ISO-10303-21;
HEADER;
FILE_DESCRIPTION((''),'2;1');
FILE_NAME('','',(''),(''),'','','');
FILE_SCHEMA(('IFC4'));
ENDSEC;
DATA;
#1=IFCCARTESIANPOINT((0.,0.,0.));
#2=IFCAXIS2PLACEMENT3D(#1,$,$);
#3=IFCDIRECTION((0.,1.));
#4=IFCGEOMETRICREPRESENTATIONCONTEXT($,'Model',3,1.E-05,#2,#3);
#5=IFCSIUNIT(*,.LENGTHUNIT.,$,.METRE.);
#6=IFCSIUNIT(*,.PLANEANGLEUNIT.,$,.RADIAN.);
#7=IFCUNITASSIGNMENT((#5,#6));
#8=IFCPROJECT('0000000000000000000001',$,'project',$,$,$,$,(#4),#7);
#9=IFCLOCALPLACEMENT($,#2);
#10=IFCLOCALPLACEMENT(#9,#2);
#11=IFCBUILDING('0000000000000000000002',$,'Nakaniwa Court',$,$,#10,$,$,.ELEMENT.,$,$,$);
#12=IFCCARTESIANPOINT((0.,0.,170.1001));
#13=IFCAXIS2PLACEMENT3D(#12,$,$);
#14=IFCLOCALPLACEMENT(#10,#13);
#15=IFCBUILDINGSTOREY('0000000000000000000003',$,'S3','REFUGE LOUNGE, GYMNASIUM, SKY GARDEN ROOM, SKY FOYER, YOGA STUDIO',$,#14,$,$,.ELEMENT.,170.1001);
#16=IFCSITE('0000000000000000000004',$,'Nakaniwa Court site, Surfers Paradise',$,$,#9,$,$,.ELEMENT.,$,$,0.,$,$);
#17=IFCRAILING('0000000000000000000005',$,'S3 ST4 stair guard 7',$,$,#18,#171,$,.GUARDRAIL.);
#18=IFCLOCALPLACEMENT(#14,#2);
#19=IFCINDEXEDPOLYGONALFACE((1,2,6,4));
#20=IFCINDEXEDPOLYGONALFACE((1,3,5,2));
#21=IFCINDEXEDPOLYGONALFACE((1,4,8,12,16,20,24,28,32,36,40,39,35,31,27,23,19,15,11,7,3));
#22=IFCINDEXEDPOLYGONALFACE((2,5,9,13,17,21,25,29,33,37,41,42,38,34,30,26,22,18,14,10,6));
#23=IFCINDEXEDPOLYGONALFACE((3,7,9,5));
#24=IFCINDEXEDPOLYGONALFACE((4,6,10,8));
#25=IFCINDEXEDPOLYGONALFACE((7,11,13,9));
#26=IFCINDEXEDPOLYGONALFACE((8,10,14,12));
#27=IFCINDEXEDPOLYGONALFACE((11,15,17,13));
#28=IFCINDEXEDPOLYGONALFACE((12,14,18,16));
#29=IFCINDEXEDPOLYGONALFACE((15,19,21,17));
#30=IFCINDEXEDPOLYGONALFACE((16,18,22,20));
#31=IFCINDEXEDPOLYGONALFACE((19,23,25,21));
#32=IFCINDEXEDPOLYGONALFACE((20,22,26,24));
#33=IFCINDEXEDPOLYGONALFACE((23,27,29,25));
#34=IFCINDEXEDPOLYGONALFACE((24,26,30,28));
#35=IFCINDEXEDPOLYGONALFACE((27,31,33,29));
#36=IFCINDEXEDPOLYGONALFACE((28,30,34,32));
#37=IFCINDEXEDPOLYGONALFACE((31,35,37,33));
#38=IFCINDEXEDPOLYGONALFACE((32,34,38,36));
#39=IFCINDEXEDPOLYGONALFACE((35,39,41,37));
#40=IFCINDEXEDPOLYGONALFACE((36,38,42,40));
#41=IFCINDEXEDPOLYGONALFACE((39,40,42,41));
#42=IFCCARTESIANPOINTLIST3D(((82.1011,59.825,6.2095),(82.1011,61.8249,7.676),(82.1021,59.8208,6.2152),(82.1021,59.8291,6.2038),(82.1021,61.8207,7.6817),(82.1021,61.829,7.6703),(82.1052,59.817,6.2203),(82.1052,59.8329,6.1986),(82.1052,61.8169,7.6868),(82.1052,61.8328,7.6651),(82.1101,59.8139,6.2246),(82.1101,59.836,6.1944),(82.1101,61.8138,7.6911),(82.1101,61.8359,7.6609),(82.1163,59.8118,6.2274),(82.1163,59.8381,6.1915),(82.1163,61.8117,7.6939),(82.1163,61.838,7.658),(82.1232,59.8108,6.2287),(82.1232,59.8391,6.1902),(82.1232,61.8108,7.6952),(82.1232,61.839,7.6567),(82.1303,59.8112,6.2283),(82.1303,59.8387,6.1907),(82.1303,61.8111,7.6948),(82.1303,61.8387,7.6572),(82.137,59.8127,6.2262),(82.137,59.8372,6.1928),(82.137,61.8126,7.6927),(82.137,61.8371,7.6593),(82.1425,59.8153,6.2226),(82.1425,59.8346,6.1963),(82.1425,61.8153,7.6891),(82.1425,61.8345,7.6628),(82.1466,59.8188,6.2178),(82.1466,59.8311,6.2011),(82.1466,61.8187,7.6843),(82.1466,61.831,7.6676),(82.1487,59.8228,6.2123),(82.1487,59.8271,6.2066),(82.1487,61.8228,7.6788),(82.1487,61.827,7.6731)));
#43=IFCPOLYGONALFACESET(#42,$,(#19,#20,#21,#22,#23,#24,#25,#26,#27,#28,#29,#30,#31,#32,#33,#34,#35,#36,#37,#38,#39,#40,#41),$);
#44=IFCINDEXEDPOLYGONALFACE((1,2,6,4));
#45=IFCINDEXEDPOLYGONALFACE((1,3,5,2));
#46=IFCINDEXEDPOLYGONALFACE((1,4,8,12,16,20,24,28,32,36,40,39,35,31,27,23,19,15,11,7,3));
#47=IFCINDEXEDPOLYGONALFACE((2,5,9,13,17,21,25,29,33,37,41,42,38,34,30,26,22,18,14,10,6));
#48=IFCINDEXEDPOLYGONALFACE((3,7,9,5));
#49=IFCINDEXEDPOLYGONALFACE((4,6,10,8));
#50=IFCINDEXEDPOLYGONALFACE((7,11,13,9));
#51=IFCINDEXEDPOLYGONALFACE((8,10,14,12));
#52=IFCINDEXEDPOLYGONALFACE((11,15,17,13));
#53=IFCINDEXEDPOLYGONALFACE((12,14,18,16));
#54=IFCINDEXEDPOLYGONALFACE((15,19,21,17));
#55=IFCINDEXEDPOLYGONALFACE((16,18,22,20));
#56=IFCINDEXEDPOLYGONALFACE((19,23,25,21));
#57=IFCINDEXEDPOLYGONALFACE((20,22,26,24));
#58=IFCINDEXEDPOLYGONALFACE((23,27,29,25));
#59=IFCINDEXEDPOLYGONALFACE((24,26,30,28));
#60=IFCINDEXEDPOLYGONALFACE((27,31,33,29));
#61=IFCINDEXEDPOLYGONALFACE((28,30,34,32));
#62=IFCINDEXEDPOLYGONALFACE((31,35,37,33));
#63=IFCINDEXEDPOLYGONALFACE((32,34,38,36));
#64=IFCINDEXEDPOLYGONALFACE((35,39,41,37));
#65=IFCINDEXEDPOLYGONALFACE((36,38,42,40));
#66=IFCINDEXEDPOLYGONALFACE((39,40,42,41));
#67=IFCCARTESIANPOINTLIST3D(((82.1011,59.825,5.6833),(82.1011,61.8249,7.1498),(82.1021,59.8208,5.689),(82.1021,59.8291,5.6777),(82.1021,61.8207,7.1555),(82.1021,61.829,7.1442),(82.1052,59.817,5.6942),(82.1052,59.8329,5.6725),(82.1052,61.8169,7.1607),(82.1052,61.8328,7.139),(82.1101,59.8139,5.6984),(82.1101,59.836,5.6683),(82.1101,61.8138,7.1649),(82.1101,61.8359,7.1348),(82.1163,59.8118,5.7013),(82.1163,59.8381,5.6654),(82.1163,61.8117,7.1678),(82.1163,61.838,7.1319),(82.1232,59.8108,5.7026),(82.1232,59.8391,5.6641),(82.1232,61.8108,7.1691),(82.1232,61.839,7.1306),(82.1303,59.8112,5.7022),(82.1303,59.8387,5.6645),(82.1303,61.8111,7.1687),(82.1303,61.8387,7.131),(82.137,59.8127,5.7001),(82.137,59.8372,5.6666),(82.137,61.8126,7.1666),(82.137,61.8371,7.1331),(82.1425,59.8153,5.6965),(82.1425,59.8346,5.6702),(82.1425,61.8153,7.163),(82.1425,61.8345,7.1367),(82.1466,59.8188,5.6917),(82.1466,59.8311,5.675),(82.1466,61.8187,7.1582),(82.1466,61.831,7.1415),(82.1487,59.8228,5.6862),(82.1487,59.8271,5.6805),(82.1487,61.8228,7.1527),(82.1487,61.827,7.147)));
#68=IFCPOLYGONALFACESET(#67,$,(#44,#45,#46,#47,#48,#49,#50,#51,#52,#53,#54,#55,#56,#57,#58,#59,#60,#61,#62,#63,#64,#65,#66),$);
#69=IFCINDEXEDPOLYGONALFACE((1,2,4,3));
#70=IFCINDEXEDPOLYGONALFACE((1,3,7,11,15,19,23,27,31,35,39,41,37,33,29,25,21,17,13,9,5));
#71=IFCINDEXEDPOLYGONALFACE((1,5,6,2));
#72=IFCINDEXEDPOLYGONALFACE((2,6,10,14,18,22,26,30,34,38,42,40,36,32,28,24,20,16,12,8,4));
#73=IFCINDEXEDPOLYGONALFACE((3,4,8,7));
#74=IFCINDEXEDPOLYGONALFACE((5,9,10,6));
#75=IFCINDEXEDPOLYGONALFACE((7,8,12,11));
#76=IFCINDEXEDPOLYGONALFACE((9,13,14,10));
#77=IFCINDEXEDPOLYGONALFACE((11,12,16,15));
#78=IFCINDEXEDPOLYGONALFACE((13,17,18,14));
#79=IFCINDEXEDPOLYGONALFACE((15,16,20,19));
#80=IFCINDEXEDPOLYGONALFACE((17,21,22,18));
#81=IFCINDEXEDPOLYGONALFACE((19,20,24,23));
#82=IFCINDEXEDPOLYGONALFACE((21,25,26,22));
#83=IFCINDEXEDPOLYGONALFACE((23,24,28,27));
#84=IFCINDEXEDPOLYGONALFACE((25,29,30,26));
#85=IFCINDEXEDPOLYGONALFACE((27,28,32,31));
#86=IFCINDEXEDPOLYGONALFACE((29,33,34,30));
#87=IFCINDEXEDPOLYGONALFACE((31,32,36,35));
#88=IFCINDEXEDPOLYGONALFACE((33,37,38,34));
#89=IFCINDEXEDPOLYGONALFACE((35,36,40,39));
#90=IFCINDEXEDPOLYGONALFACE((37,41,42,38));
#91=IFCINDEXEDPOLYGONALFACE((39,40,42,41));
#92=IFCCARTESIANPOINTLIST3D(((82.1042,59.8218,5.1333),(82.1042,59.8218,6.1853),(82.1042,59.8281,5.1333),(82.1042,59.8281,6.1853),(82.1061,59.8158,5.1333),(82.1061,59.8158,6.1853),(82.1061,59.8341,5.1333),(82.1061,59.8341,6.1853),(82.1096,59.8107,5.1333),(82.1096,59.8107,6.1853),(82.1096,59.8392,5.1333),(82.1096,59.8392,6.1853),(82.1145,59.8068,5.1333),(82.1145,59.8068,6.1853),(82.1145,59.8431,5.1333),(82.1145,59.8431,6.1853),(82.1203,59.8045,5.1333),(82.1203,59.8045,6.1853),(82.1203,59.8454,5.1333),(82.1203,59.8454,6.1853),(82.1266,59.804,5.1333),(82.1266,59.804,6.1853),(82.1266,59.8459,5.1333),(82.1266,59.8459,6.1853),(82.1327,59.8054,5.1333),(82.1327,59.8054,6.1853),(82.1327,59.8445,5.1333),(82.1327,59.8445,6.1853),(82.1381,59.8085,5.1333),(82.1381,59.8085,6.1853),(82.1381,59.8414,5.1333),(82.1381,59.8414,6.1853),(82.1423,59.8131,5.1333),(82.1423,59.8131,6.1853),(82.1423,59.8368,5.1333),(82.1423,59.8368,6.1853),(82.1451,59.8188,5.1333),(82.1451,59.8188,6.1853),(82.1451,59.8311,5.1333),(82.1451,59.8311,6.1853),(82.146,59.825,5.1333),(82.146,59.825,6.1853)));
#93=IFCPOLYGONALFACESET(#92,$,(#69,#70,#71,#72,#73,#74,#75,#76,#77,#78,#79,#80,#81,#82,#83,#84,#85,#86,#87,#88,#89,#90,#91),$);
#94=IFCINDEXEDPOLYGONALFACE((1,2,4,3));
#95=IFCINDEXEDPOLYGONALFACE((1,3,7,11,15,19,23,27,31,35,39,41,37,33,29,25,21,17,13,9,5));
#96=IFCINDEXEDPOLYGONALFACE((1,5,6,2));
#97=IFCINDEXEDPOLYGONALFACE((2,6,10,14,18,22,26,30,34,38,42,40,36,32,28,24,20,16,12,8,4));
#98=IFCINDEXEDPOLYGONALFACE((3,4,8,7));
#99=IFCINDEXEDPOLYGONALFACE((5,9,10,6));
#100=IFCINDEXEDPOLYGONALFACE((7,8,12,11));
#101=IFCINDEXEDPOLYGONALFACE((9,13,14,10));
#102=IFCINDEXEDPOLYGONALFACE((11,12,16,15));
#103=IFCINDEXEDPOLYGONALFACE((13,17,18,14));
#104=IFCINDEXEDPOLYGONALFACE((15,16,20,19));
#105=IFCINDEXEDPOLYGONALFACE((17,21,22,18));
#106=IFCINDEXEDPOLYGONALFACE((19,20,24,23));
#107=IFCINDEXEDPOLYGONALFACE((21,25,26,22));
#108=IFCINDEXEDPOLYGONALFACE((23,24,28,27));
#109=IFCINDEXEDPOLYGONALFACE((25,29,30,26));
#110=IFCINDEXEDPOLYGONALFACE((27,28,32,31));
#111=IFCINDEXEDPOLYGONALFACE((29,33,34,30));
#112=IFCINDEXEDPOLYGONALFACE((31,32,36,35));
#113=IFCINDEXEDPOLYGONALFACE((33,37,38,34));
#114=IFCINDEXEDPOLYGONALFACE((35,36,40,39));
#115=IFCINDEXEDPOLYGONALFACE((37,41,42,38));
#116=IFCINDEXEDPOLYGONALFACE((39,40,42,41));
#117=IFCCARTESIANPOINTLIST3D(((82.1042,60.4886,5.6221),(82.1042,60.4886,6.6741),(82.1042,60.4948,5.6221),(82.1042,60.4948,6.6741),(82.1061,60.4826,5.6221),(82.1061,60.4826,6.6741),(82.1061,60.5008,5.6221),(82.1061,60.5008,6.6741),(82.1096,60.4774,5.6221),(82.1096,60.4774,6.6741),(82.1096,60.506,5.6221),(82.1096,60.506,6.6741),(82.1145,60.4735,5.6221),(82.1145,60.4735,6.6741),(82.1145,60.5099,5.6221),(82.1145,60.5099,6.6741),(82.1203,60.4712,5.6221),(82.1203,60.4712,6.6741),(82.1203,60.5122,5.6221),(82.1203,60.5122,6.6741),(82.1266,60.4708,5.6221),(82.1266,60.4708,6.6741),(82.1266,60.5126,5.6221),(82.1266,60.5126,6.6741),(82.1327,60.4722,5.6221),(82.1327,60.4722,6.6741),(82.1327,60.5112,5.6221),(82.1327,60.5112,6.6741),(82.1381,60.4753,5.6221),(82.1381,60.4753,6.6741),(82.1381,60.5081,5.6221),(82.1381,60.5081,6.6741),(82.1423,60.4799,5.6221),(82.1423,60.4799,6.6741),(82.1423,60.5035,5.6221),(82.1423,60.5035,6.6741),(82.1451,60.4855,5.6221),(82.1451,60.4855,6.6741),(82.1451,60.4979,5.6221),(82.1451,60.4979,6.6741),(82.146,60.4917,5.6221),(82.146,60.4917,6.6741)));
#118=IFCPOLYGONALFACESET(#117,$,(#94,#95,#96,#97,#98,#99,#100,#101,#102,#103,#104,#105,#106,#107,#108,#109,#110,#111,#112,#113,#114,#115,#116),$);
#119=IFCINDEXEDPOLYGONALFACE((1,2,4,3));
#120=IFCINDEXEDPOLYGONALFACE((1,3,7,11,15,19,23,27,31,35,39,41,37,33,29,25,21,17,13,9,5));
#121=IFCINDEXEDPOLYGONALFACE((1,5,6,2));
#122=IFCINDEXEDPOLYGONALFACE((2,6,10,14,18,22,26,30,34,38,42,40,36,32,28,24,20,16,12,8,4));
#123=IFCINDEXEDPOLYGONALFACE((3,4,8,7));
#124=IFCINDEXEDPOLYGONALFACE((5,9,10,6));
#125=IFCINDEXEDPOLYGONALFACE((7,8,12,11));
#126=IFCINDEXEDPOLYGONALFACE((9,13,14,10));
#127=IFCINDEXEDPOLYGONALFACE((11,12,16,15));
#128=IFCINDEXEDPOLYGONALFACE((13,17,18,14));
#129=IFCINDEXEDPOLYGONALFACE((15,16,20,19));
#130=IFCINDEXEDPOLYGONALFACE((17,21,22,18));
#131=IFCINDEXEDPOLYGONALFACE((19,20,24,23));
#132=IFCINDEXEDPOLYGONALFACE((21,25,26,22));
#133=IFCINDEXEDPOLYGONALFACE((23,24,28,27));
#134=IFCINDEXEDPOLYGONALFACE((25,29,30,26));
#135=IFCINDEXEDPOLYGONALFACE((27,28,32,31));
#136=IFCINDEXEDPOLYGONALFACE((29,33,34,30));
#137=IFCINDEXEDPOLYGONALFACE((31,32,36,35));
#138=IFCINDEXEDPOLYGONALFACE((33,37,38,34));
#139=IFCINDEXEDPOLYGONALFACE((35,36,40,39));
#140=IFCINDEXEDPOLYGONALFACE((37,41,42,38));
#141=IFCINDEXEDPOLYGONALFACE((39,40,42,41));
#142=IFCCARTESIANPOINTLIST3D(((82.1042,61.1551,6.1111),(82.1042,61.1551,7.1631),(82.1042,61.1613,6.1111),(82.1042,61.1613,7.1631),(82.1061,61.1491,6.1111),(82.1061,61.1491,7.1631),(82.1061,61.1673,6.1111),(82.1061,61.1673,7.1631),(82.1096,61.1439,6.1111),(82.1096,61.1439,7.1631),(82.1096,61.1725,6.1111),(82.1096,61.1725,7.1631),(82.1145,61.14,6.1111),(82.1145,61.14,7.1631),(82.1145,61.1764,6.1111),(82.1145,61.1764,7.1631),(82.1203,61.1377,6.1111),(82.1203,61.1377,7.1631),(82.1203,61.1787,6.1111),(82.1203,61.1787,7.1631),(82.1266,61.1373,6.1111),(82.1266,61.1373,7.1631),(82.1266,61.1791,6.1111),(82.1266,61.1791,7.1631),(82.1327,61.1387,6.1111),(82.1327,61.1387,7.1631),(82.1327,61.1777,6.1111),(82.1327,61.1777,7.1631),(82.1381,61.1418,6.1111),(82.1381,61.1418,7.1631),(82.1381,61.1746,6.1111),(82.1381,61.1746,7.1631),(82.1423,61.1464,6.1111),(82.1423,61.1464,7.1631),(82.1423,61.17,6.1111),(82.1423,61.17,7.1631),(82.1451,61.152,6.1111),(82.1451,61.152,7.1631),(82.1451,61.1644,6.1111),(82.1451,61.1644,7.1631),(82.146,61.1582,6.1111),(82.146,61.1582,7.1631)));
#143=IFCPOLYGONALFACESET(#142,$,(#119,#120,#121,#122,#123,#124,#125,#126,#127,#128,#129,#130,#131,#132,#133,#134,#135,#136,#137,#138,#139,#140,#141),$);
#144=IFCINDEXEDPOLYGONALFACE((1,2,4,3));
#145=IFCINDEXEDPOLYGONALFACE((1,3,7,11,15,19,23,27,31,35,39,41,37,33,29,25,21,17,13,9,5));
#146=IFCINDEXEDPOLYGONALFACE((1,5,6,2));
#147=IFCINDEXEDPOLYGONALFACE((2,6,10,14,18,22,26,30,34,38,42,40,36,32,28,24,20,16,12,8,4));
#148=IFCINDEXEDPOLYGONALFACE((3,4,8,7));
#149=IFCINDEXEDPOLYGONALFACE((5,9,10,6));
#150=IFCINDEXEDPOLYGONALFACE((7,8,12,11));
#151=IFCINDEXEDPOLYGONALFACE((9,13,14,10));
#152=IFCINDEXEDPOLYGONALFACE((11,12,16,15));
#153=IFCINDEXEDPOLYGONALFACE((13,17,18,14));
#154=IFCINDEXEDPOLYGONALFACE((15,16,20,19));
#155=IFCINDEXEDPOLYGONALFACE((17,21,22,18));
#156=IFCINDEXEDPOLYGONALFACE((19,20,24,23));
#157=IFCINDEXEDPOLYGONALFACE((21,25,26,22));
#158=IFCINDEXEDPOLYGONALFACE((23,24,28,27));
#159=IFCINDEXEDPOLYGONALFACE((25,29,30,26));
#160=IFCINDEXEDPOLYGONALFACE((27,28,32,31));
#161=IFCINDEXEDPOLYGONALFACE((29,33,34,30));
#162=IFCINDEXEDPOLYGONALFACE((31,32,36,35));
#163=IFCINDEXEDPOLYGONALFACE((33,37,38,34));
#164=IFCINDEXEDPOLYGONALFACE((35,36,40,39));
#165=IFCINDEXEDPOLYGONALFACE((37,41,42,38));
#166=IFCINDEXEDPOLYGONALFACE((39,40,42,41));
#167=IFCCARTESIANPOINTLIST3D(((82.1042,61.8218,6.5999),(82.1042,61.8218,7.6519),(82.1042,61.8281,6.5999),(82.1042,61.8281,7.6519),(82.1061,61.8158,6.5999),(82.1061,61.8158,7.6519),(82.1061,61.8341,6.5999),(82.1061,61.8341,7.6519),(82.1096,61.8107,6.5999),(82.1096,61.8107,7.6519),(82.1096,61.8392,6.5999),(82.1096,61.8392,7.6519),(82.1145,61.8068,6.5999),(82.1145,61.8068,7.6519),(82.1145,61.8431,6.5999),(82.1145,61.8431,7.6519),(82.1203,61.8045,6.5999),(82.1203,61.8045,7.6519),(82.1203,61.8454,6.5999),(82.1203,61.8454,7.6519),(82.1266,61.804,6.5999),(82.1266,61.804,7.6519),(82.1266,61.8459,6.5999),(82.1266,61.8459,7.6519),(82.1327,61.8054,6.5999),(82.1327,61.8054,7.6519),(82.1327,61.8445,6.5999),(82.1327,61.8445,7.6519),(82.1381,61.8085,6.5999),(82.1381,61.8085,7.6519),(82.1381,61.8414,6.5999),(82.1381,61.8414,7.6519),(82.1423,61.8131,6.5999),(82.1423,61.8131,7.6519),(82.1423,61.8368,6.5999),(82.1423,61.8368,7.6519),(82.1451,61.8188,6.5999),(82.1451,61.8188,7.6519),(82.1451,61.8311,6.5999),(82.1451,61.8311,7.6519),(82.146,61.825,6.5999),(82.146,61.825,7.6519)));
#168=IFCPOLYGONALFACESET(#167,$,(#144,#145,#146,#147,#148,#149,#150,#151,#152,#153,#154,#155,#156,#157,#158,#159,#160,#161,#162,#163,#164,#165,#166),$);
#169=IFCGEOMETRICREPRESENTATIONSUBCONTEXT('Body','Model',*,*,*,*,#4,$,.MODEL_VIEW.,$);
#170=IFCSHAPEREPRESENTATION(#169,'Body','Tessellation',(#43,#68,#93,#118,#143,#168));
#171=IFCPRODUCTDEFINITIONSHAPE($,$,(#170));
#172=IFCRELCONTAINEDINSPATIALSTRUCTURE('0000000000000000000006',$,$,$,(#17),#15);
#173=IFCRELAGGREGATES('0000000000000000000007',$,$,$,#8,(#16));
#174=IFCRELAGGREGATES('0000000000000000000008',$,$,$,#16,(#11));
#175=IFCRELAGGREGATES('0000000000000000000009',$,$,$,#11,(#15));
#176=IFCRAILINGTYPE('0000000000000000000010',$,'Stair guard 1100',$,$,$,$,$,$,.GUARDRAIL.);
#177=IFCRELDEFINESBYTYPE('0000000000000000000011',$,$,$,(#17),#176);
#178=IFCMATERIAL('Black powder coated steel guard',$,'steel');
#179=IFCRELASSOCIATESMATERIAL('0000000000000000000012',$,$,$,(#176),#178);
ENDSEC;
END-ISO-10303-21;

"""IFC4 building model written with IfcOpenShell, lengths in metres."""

from ifc_helpers import new_model, si_unit, direction, frame, origin, origin_2d, place, context, subcontext, project, spatial, circle, extrude, material, type_object, element, save


model = new_model("IFC4")

# Units and contexts
model_context = context("Model", 3, precision=1e-05, world=origin(), true_north=direction((0.0, 1.0)))
body_context = subcontext(model_context, "Body", "Model", "MODEL_VIEW")
ifc_project = project(units=[si_unit("LENGTHUNIT", "METRE"), si_unit("PLANEANGLEUNIT", "RADIAN")], contexts=[model_context])

# Site, building, storey
site_placement = place(None, origin())
site = spatial("IfcSite", under=ifc_project, at=site_placement, Name="Nakaniwa Court site, Surfers Paradise", CompositionType="ELEMENT", RefElevation=0.0)
building_placement = place(site_placement, origin())
building = spatial("IfcBuilding", under=site, at=building_placement, Name="Nakaniwa Court", CompositionType="ELEMENT")
storey_placement = place(building_placement, frame((0.0, 0.0, 170.1001)))
storey = spatial("IfcBuildingStorey", under=building, at=storey_placement, Name="S3", Description="REFUGE LOUNGE, GYMNASIUM, SKY GARDEN ROOM, SKY FOYER, YOGA STUDIO", CompositionType="ELEMENT", Elevation=170.1001)

# Railing
ifc_material_1 = material(Name="Black powder coated steel guard", Category="steel")
railing_type_1 = type_object("IfcRailingType", Name="Stair guard 1100", PredefinedType="GUARDRAIL", material=ifc_material_1)
railing_1_placement = place(storey_placement, frame((82.125, 59.825, 5.1333)))
element("IfcRailing", 1, at=railing_1_placement, inside=storey, type_object=railing_type_1, Name="S3 ST4 stair guard 7", PredefinedType="GUARDRAIL", context=body_context, shape_type="SweptSolid", body=[
    extrude(circle(Radius=0.0239, at=origin_2d()), frame((0.0, 0.0, 1.0762), z_axis=(0.0, 0.806427, 0.591334), x_axis=(-1.0, 0.0, 0.0)), (0.0, 0.0, 1.0), 2.48),
    extrude(circle(Radius=0.0239, at=origin_2d()), frame((0.0, 0.0, 0.55), z_axis=(0.0, 0.806427, 0.591334), x_axis=(-1.0, 0.0, 0.0)), (0.0, 0.0, 1.0), 2.48),
    extrude(circle(Radius=0.021, at=origin_2d()), origin(), (0.0, 0.0, 1.0), 1.052),
    extrude(circle(Radius=0.021, at=origin_2d()), frame((0.0, 0.6667, 0.4888)), (0.0, 0.0, 1.0), 1.052),
    extrude(circle(Radius=0.021, at=origin_2d()), frame((0.0, 1.3333, 0.9778)), (0.0, 0.0, 1.0), 1.052),
    extrude(circle(Radius=0.021, at=origin_2d()), frame((0.0, 2.0, 1.4666)), (0.0, 0.0, 1.0), 1.052),
])

save(model, "model.ifc")
